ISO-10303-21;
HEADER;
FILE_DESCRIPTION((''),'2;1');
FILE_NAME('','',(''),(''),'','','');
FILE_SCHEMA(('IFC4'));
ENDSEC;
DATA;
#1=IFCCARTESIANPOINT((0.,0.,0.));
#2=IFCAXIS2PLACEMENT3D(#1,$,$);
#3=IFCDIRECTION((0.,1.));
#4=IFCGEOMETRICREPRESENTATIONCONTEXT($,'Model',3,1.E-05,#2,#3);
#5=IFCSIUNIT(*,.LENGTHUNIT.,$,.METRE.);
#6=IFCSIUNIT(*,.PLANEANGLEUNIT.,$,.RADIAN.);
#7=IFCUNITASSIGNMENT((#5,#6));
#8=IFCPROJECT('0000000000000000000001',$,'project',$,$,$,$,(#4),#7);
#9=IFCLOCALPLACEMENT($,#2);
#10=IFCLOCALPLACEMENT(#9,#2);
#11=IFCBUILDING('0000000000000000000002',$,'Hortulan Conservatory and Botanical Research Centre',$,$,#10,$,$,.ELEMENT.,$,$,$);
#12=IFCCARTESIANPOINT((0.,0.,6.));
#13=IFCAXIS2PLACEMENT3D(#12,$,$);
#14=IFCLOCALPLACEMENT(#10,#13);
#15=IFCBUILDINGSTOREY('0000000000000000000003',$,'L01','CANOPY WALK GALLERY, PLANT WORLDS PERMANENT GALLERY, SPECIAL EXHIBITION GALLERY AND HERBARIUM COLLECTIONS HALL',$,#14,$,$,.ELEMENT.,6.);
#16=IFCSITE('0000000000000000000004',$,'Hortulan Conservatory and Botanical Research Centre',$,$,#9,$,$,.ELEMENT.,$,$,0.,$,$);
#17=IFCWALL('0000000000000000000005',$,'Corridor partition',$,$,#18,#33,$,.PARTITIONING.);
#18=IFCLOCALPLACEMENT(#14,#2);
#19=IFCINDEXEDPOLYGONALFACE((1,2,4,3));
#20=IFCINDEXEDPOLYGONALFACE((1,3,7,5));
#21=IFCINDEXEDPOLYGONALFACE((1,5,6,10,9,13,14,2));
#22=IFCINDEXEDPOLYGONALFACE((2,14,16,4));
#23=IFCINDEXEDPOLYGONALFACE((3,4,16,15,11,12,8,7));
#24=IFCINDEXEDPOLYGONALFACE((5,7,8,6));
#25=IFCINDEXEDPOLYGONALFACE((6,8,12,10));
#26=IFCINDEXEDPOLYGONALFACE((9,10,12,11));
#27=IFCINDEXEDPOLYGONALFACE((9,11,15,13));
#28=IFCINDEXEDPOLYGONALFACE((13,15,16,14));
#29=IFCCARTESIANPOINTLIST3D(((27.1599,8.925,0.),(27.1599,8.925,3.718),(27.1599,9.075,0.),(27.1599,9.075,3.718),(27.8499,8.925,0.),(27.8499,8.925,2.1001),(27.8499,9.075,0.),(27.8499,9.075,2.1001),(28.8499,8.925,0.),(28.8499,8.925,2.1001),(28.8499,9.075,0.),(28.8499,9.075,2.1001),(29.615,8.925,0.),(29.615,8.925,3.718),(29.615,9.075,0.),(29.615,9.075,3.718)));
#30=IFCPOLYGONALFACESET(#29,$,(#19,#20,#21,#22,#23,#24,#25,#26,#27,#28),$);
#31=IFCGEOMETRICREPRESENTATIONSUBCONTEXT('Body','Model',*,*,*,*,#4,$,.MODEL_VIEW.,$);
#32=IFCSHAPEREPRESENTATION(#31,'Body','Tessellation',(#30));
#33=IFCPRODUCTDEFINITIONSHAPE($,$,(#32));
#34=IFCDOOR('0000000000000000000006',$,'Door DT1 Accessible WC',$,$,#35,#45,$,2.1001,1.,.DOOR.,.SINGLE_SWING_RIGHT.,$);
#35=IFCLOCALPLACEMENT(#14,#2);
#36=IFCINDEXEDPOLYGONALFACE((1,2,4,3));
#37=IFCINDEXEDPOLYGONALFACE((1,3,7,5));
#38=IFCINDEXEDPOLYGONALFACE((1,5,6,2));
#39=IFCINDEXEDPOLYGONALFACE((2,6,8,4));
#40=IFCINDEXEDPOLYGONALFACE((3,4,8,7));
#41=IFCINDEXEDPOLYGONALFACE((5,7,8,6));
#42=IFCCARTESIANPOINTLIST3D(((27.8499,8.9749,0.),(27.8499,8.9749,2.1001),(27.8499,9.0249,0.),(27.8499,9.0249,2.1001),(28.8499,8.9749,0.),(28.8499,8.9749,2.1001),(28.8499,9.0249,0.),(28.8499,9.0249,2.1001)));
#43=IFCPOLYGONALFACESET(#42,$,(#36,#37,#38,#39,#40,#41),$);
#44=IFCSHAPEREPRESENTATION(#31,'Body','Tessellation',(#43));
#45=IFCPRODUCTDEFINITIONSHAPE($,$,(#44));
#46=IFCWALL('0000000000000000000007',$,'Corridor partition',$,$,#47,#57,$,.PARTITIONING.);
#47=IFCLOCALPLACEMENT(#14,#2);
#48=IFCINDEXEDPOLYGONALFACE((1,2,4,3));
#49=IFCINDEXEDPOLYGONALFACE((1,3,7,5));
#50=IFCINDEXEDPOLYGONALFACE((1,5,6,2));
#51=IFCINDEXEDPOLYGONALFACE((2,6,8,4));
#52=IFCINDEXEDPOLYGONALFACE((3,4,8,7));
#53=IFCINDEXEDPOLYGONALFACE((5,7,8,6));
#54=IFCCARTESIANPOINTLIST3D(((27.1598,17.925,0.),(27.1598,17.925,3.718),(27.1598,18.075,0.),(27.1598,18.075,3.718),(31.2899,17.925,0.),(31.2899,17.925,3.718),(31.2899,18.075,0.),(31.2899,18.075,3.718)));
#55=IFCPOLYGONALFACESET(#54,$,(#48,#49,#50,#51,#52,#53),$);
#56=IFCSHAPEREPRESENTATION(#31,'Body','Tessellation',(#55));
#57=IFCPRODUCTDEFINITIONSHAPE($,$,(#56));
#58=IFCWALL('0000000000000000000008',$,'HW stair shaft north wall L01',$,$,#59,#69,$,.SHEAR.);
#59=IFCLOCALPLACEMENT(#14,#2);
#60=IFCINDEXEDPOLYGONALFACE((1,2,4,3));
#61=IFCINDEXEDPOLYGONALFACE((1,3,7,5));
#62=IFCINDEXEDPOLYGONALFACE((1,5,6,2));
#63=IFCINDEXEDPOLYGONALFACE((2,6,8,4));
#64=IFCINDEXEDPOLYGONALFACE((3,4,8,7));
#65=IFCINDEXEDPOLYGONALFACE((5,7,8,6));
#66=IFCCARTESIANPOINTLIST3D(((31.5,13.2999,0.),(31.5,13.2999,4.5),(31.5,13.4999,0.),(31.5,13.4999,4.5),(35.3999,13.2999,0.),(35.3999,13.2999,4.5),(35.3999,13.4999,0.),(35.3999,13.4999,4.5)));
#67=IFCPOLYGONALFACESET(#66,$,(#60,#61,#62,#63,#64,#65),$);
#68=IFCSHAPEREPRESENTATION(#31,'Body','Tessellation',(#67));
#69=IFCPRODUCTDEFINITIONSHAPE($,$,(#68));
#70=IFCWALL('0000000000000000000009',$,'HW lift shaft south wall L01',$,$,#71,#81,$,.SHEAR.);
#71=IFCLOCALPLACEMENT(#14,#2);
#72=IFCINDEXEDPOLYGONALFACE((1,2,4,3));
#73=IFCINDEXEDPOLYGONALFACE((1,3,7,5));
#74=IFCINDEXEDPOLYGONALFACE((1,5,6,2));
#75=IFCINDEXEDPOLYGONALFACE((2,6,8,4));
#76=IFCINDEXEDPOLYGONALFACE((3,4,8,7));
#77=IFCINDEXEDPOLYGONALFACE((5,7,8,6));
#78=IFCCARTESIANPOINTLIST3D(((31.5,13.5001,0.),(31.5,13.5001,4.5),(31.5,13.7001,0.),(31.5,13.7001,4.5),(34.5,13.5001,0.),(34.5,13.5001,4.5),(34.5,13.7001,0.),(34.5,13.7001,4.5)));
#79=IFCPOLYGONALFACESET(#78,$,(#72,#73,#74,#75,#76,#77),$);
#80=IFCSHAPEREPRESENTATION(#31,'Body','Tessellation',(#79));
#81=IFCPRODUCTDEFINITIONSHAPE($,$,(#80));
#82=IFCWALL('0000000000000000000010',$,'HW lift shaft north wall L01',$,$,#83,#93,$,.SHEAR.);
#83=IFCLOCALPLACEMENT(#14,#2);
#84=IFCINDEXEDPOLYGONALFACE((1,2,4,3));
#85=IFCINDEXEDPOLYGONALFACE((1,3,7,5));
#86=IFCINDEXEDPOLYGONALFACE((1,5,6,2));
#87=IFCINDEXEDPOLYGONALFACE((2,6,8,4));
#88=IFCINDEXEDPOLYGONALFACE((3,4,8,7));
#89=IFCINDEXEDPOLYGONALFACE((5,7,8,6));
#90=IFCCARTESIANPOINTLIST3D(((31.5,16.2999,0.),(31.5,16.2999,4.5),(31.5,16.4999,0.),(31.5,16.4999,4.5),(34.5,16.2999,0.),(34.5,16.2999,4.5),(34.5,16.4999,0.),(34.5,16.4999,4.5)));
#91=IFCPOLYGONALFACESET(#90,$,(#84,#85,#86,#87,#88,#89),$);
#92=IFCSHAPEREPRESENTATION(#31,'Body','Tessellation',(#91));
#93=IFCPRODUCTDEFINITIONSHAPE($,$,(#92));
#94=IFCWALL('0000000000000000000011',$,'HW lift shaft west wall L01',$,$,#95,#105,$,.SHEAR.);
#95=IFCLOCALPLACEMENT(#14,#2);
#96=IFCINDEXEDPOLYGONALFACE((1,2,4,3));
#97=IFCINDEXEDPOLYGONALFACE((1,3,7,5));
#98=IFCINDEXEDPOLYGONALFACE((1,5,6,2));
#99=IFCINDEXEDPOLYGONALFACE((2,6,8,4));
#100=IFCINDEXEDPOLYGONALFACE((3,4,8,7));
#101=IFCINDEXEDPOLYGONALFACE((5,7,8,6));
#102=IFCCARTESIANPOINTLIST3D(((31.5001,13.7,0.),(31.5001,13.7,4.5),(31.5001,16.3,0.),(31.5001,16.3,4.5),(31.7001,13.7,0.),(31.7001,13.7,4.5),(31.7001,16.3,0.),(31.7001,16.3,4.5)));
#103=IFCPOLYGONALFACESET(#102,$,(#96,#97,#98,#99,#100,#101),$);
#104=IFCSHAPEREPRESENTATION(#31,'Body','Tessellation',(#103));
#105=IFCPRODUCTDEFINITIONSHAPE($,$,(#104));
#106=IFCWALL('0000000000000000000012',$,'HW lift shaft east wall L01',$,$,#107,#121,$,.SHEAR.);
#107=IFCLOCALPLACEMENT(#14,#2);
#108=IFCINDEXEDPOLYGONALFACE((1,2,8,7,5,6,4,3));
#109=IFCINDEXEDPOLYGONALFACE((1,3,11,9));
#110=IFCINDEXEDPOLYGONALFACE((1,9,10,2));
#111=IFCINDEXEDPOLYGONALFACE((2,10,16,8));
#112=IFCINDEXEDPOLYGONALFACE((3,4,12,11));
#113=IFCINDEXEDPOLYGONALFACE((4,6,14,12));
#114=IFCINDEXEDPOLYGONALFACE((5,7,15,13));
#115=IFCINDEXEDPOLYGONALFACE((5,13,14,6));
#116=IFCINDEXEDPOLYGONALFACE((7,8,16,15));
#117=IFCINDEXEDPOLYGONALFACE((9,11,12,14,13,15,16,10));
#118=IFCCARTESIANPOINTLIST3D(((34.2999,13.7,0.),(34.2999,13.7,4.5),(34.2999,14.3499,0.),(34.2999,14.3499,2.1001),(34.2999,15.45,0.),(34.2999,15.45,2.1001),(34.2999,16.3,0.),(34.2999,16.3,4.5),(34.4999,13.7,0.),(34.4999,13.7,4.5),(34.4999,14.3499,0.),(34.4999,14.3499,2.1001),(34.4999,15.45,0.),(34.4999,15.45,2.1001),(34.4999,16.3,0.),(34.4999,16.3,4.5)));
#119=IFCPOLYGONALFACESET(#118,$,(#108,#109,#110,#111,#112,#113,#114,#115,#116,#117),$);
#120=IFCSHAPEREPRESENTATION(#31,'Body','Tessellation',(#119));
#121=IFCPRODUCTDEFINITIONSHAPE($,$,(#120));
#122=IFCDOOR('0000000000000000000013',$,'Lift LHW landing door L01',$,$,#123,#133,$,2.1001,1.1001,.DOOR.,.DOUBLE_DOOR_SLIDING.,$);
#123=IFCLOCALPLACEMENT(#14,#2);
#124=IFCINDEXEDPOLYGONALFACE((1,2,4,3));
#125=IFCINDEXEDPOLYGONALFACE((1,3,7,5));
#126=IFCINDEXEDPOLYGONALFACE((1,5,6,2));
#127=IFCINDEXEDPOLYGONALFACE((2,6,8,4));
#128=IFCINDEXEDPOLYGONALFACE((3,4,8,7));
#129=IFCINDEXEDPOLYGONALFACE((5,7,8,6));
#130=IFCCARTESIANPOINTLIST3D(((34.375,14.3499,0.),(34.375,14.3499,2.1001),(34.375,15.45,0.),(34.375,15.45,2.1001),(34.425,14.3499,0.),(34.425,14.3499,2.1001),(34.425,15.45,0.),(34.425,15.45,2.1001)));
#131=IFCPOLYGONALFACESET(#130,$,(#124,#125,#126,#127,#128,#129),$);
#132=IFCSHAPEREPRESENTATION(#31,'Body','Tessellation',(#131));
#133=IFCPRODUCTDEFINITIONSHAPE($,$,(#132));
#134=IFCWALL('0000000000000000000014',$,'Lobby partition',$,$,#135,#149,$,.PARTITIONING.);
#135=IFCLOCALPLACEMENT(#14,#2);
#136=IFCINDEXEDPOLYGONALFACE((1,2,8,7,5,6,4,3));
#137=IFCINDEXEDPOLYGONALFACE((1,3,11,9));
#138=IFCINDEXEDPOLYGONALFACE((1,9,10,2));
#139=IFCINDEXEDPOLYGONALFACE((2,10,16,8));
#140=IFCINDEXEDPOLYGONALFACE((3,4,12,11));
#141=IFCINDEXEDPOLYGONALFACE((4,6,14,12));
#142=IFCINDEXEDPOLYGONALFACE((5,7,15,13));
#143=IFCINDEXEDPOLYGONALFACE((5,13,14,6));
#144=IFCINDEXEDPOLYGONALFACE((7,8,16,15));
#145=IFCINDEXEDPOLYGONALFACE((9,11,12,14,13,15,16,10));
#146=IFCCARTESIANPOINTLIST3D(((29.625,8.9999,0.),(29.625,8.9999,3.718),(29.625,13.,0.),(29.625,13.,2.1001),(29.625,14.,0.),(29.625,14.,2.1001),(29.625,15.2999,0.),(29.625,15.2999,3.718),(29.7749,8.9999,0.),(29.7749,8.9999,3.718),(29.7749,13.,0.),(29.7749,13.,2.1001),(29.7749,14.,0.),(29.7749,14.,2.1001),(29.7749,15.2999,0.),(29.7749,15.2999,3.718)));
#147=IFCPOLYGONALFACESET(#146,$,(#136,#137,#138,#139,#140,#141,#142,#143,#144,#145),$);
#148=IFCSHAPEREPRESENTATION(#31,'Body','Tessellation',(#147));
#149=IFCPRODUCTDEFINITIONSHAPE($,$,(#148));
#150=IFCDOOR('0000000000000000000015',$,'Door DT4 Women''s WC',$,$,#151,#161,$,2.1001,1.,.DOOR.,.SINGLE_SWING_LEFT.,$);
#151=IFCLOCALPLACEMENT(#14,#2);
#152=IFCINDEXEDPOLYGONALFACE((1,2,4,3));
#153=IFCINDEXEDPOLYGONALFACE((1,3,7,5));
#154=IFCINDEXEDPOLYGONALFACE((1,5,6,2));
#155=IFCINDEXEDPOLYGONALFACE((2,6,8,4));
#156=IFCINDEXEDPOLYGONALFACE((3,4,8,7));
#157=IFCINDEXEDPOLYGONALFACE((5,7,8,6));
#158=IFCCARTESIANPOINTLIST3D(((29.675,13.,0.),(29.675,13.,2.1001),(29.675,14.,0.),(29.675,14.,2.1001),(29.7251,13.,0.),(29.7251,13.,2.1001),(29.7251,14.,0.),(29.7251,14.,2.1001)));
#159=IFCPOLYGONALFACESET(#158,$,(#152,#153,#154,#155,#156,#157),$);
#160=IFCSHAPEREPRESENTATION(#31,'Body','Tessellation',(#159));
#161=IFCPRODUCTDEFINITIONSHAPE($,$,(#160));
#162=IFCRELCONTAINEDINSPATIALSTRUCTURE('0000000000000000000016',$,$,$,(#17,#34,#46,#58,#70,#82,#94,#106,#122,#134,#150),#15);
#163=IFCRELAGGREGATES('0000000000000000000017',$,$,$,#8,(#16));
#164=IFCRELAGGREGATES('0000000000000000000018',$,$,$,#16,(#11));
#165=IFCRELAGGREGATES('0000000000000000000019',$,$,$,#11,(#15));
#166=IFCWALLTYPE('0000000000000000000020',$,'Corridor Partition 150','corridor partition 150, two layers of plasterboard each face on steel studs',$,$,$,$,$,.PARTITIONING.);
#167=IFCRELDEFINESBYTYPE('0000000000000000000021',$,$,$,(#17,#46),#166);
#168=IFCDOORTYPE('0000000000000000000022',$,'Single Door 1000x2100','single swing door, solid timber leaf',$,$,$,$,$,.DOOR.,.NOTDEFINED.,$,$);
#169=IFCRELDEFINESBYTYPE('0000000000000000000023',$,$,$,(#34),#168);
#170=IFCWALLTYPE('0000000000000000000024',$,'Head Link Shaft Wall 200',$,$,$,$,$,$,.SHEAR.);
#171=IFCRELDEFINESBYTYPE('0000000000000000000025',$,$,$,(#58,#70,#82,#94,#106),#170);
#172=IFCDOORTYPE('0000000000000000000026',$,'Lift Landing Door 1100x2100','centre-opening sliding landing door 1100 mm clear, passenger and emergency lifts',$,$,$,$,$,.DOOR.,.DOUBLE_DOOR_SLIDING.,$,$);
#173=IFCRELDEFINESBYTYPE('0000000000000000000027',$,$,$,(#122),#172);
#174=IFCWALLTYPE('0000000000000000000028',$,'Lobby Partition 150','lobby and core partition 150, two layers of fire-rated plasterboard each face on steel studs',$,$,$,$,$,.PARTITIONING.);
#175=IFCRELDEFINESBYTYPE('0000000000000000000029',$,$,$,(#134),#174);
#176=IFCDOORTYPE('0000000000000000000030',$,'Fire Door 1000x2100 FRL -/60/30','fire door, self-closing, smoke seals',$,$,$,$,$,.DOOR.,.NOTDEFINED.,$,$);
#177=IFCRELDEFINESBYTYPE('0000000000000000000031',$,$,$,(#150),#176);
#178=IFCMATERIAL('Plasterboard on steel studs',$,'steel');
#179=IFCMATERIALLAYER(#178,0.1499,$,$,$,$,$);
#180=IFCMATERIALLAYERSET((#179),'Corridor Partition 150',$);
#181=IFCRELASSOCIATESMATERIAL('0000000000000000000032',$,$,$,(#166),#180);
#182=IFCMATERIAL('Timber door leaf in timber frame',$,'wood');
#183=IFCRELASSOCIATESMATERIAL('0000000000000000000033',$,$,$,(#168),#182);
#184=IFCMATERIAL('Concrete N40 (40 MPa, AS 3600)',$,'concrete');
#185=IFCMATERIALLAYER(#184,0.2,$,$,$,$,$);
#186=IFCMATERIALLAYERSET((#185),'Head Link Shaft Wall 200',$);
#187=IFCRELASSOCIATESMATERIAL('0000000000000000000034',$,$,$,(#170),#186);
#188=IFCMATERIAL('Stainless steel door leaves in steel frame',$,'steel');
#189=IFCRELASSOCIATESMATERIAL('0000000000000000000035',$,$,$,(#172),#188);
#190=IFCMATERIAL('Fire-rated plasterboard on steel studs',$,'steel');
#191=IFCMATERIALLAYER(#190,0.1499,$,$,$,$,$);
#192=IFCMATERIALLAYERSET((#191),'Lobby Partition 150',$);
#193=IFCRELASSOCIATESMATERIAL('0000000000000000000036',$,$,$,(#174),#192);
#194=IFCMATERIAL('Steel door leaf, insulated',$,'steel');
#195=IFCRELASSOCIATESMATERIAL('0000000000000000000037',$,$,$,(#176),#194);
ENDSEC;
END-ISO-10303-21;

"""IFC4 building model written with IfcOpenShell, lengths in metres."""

from ifc_helpers import new_model, si_unit, direction, frame, frame_2d, origin, place, context, subcontext, project, spatial, rectangle, extrude, material, layer, layer_set, type_object, element, fill, save


model = new_model("IFC4")

# Units and contexts
model_context = context("Model", 3, precision=1e-05, world=origin(), true_north=direction((0.0, 1.0)))
body_context = subcontext(model_context, "Body", "Model", "MODEL_VIEW")
ifc_project = project(units=[si_unit("LENGTHUNIT", "METRE"), si_unit("PLANEANGLEUNIT", "RADIAN")], contexts=[model_context])

# Site, building, storey
site_placement = place(None, origin())
site = spatial("IfcSite", under=ifc_project, at=site_placement, Name="Hortulan Conservatory and Botanical Research Centre", CompositionType="ELEMENT", RefElevation=0.0)
building_placement = place(site_placement, origin())
building = spatial("IfcBuilding", under=site, at=building_placement, Name="Hortulan Conservatory and Botanical Research Centre", CompositionType="ELEMENT")
storey_placement = place(building_placement, frame((0.0, 0.0, 6.0)))
storey = spatial("IfcBuildingStorey", under=building, at=storey_placement, Name="L01", Description="CANOPY WALK GALLERY, PLANT WORLDS PERMANENT GALLERY, SPECIAL EXHIBITION GALLERY AND HERBARIUM COLLECTIONS HALL", CompositionType="ELEMENT", Elevation=6.0)

# Wall, opening, door
ifc_material_1 = material(Name="Plasterboard on steel studs", Category="steel")
ifc_layer_1 = layer(ifc_material_1, 0.1499)
ifc_layer_set_1 = layer_set([ifc_layer_1], Name="Corridor Partition 150")
wall_type_1 = type_object("IfcWallType", Name="Corridor Partition 150", Description="corridor partition 150, two layers of plasterboard each face on steel studs", PredefinedType="PARTITIONING", material=ifc_layer_set_1)
wall_1_placement = place(storey_placement, frame((27.1599, 9.0, 0.0), z_axis=(0.0, 0.0, 1.0), x_axis=(1.0, 0.0, 0.0)))
wall_1 = element("IfcWall", 1, at=wall_1_placement, inside=storey, type_object=wall_type_1, Name="Corridor partition", PredefinedType="PARTITIONING", context=body_context, shape_type="SweptSolid", body=[
    extrude(rectangle(XDim=2.4551, YDim=0.1499, at=frame_2d((1.2275, 0.0))), origin(), (0.0, 0.0, 1.0), 3.718),
])
opening_1_placement = place(wall_1_placement, frame((0.6899, 0.0, 0.0)))
opening_1 = element("IfcOpeningElement", 2, at=opening_1_placement, cuts=wall_1, PredefinedType="OPENING", context=body_context, shape_type="SweptSolid", body=[
    extrude(rectangle(XDim=1.0, YDim=2.1001, at=frame_2d((0.5, 1.05))), frame((0.0, 0.085, 0.0), z_axis=(0.0, -1.0, 0.0), x_axis=(1.0, 0.0, 0.0)), (0.0, 0.0, 1.0), 0.1699),
])
ifc_material_2 = material(Name="Timber door leaf in timber frame", Category="wood")
door_type_1 = type_object("IfcDoorType", Name="Single Door 1000x2100", Description="single swing door, solid timber leaf", OperationType="NOTDEFINED", PredefinedType="DOOR", material=ifc_material_2)
door_1_placement = place(opening_1_placement, origin())
door_1 = element("IfcDoor", 3, at=door_1_placement, inside=storey, type_object=door_type_1, Name="Door DT1 Accessible WC", OperationType="SINGLE_SWING_RIGHT", OverallHeight=2.1001, OverallWidth=1.0, PredefinedType="DOOR", context=body_context, shape_type="SweptSolid", body=[
    extrude(rectangle(XDim=1.0, YDim=2.1001, at=frame_2d((0.5, 1.05))), frame((0.0, 0.0249, 0.0), z_axis=(0.0, -1.0, 0.0), x_axis=(1.0, 0.0, 0.0)), (0.0, 0.0, 1.0), 0.05),
])
fill(opening_1, door_1)

# Walls
wall_2_placement = place(storey_placement, frame((27.1599, 18.0, 0.0), z_axis=(0.0, 0.0, 1.0), x_axis=(1.0, 0.0, 0.0)))
element("IfcWall", 4, at=wall_2_placement, inside=storey, type_object=wall_type_1, Name="Corridor partition", PredefinedType="PARTITIONING", context=body_context, shape_type="SweptSolid", body=[
    extrude(rectangle(XDim=4.1301, YDim=0.1499, at=frame_2d((2.0649, 0.0))), origin(), (0.0, 0.0, 1.0), 3.718),
])
ifc_material_3 = material(Name="Concrete N40 (40 MPa, AS 3600)", Category="concrete")
ifc_layer_2 = layer(ifc_material_3, 0.2)
ifc_layer_set_2 = layer_set([ifc_layer_2], Name="Head Link Shaft Wall 200")
wall_type_2 = type_object("IfcWallType", Name="Head Link Shaft Wall 200", PredefinedType="SHEAR", material=ifc_layer_set_2)
wall_3_placement = place(storey_placement, frame((31.5, 13.3999, 0.0), z_axis=(0.0, 0.0, 1.0), x_axis=(1.0, 0.0, 0.0)))
element("IfcWall", 5, at=wall_3_placement, inside=storey, type_object=wall_type_2, Name="HW stair shaft north wall L01", PredefinedType="SHEAR", context=body_context, shape_type="SweptSolid", body=[
    extrude(rectangle(XDim=3.8999, YDim=0.2, at=frame_2d((1.95, 0.0))), origin(), (0.0, 0.0, 1.0), 4.5),
])
for number, where, z_axis, x_axis, name in (
    (6, (31.5, 13.6001, 0.0), (0.0, 0.0, 1.0), (1.0, 0.0, 0.0), "HW lift shaft south wall L01"),
    (7, (31.5, 16.3999, 0.0), (0.0, 0.0, 1.0), (1.0, 0.0, 0.0), "HW lift shaft north wall L01"),
):
    element("IfcWall", number, at=place(storey_placement, frame(where, z_axis=z_axis, x_axis=x_axis)), inside=storey, type_object=wall_type_2, Name=name, PredefinedType="SHEAR", context=body_context, shape_type="SweptSolid", body=[
        extrude(rectangle(XDim=3.0, YDim=0.2, at=frame_2d((1.5, 0.0))), origin(), (0.0, 0.0, 1.0), 4.5),
    ])
wall_4_placement = place(storey_placement, frame((31.6001, 13.7, 0.0), z_axis=(0.0, 0.0, 1.0), x_axis=(0.0, 1.0, 0.0)))
element("IfcWall", 8, at=wall_4_placement, inside=storey, type_object=wall_type_2, Name="HW lift shaft west wall L01", PredefinedType="SHEAR", context=body_context, shape_type="SweptSolid", body=[
    extrude(rectangle(XDim=2.6001, YDim=0.2, at=frame_2d((1.3, 0.0))), origin(), (0.0, 0.0, 1.0), 4.5),
])

# Walls, openings, doors
wall_5_placement = place(storey_placement, frame((34.3999, 13.7, 0.0), z_axis=(0.0, 0.0, 1.0), x_axis=(0.0, 1.0, 0.0)))
wall_5 = element("IfcWall", 9, at=wall_5_placement, inside=storey, type_object=wall_type_2, Name="HW lift shaft east wall L01", PredefinedType="SHEAR", context=body_context, shape_type="SweptSolid", body=[
    extrude(rectangle(XDim=2.6001, YDim=0.2, at=frame_2d((1.3, 0.0))), origin(), (0.0, 0.0, 1.0), 4.5),
])
opening_2_placement = place(wall_5_placement, frame((0.6499, 0.0, 0.0)))
opening_2 = element("IfcOpeningElement", 10, at=opening_2_placement, cuts=wall_5, PredefinedType="OPENING", context=body_context, shape_type="SweptSolid", body=[
    extrude(rectangle(XDim=1.1001, YDim=2.1001, at=frame_2d((0.55, 1.05))), frame((0.0, 0.1099, 0.0), z_axis=(0.0, -1.0, 0.0), x_axis=(1.0, 0.0, 0.0)), (0.0, 0.0, 1.0), 0.22),
])
ifc_material_4 = material(Name="Stainless steel door leaves in steel frame", Category="steel")
door_type_2 = type_object("IfcDoorType", Name="Lift Landing Door 1100x2100", Description="centre-opening sliding landing door 1100 mm clear, passenger and emergency lifts", OperationType="DOUBLE_DOOR_SLIDING", PredefinedType="DOOR", material=ifc_material_4)
door_2_placement = place(opening_2_placement, origin())
door_2 = element("IfcDoor", 11, at=door_2_placement, inside=storey, type_object=door_type_2, Name="Lift LHW landing door L01", OperationType="DOUBLE_DOOR_SLIDING", OverallHeight=2.1001, OverallWidth=1.1001, PredefinedType="DOOR", context=body_context, shape_type="SweptSolid", body=[
    extrude(rectangle(XDim=1.1001, YDim=2.1001, at=frame_2d((0.55, 1.05))), frame((0.0, 0.0249, 0.0), z_axis=(0.0, -1.0, 0.0), x_axis=(1.0, 0.0, 0.0)), (0.0, 0.0, 1.0), 0.05),
])
fill(opening_2, door_2)
ifc_material_5 = material(Name="Fire-rated plasterboard on steel studs", Category="steel")
ifc_layer_3 = layer(ifc_material_5, 0.1499)
ifc_layer_set_3 = layer_set([ifc_layer_3], Name="Lobby Partition 150")
wall_type_3 = type_object("IfcWallType", Name="Lobby Partition 150", Description="lobby and core partition 150, two layers of fire-rated plasterboard each face on steel studs", PredefinedType="PARTITIONING", material=ifc_layer_set_3)
wall_6_placement = place(storey_placement, frame((29.7, 9.0, 0.0), z_axis=(0.0, 0.0, 1.0), x_axis=(0.0, 1.0, 0.0)))
wall_6 = element("IfcWall", 12, at=wall_6_placement, inside=storey, type_object=wall_type_3, Name="Lobby partition", PredefinedType="PARTITIONING", context=body_context, shape_type="SweptSolid", body=[
    extrude(rectangle(XDim=6.3, YDim=0.1499, at=frame_2d((3.1499, 0.0))), origin(), (0.0, 0.0, 1.0), 3.718),
])
opening_3_placement = place(wall_6_placement, frame((4.0, 0.0, 0.0)))
opening_3 = element("IfcOpeningElement", 13, at=opening_3_placement, cuts=wall_6, PredefinedType="OPENING", context=body_context, shape_type="SweptSolid", body=[
    extrude(rectangle(XDim=1.0, YDim=2.1001, at=frame_2d((0.5, 1.05))), frame((0.0, 0.085, 0.0), z_axis=(0.0, -1.0, 0.0), x_axis=(1.0, 0.0, 0.0)), (0.0, 0.0, 1.0), 0.1699),
])
ifc_material_6 = material(Name="Steel door leaf, insulated", Category="steel")
door_type_3 = type_object("IfcDoorType", Name="Fire Door 1000x2100 FRL -/60/30", Description="fire door, self-closing, smoke seals", OperationType="NOTDEFINED", PredefinedType="DOOR", material=ifc_material_6)
door_3_placement = place(opening_3_placement, origin())
door_3 = element("IfcDoor", 14, at=door_3_placement, inside=storey, type_object=door_type_3, Name="Door DT4 Women's WC", OperationType="SINGLE_SWING_LEFT", OverallHeight=2.1001, OverallWidth=1.0, PredefinedType="DOOR", context=body_context, shape_type="SweptSolid", body=[
    extrude(rectangle(XDim=1.0, YDim=2.1001, at=frame_2d((0.5, 1.05))), frame((0.0, 0.0249, 0.0), z_axis=(0.0, -1.0, 0.0), x_axis=(1.0, 0.0, 0.0)), (0.0, 0.0, 1.0), 0.05),
])
fill(opening_3, door_3)

save(model, "model.ifc")
